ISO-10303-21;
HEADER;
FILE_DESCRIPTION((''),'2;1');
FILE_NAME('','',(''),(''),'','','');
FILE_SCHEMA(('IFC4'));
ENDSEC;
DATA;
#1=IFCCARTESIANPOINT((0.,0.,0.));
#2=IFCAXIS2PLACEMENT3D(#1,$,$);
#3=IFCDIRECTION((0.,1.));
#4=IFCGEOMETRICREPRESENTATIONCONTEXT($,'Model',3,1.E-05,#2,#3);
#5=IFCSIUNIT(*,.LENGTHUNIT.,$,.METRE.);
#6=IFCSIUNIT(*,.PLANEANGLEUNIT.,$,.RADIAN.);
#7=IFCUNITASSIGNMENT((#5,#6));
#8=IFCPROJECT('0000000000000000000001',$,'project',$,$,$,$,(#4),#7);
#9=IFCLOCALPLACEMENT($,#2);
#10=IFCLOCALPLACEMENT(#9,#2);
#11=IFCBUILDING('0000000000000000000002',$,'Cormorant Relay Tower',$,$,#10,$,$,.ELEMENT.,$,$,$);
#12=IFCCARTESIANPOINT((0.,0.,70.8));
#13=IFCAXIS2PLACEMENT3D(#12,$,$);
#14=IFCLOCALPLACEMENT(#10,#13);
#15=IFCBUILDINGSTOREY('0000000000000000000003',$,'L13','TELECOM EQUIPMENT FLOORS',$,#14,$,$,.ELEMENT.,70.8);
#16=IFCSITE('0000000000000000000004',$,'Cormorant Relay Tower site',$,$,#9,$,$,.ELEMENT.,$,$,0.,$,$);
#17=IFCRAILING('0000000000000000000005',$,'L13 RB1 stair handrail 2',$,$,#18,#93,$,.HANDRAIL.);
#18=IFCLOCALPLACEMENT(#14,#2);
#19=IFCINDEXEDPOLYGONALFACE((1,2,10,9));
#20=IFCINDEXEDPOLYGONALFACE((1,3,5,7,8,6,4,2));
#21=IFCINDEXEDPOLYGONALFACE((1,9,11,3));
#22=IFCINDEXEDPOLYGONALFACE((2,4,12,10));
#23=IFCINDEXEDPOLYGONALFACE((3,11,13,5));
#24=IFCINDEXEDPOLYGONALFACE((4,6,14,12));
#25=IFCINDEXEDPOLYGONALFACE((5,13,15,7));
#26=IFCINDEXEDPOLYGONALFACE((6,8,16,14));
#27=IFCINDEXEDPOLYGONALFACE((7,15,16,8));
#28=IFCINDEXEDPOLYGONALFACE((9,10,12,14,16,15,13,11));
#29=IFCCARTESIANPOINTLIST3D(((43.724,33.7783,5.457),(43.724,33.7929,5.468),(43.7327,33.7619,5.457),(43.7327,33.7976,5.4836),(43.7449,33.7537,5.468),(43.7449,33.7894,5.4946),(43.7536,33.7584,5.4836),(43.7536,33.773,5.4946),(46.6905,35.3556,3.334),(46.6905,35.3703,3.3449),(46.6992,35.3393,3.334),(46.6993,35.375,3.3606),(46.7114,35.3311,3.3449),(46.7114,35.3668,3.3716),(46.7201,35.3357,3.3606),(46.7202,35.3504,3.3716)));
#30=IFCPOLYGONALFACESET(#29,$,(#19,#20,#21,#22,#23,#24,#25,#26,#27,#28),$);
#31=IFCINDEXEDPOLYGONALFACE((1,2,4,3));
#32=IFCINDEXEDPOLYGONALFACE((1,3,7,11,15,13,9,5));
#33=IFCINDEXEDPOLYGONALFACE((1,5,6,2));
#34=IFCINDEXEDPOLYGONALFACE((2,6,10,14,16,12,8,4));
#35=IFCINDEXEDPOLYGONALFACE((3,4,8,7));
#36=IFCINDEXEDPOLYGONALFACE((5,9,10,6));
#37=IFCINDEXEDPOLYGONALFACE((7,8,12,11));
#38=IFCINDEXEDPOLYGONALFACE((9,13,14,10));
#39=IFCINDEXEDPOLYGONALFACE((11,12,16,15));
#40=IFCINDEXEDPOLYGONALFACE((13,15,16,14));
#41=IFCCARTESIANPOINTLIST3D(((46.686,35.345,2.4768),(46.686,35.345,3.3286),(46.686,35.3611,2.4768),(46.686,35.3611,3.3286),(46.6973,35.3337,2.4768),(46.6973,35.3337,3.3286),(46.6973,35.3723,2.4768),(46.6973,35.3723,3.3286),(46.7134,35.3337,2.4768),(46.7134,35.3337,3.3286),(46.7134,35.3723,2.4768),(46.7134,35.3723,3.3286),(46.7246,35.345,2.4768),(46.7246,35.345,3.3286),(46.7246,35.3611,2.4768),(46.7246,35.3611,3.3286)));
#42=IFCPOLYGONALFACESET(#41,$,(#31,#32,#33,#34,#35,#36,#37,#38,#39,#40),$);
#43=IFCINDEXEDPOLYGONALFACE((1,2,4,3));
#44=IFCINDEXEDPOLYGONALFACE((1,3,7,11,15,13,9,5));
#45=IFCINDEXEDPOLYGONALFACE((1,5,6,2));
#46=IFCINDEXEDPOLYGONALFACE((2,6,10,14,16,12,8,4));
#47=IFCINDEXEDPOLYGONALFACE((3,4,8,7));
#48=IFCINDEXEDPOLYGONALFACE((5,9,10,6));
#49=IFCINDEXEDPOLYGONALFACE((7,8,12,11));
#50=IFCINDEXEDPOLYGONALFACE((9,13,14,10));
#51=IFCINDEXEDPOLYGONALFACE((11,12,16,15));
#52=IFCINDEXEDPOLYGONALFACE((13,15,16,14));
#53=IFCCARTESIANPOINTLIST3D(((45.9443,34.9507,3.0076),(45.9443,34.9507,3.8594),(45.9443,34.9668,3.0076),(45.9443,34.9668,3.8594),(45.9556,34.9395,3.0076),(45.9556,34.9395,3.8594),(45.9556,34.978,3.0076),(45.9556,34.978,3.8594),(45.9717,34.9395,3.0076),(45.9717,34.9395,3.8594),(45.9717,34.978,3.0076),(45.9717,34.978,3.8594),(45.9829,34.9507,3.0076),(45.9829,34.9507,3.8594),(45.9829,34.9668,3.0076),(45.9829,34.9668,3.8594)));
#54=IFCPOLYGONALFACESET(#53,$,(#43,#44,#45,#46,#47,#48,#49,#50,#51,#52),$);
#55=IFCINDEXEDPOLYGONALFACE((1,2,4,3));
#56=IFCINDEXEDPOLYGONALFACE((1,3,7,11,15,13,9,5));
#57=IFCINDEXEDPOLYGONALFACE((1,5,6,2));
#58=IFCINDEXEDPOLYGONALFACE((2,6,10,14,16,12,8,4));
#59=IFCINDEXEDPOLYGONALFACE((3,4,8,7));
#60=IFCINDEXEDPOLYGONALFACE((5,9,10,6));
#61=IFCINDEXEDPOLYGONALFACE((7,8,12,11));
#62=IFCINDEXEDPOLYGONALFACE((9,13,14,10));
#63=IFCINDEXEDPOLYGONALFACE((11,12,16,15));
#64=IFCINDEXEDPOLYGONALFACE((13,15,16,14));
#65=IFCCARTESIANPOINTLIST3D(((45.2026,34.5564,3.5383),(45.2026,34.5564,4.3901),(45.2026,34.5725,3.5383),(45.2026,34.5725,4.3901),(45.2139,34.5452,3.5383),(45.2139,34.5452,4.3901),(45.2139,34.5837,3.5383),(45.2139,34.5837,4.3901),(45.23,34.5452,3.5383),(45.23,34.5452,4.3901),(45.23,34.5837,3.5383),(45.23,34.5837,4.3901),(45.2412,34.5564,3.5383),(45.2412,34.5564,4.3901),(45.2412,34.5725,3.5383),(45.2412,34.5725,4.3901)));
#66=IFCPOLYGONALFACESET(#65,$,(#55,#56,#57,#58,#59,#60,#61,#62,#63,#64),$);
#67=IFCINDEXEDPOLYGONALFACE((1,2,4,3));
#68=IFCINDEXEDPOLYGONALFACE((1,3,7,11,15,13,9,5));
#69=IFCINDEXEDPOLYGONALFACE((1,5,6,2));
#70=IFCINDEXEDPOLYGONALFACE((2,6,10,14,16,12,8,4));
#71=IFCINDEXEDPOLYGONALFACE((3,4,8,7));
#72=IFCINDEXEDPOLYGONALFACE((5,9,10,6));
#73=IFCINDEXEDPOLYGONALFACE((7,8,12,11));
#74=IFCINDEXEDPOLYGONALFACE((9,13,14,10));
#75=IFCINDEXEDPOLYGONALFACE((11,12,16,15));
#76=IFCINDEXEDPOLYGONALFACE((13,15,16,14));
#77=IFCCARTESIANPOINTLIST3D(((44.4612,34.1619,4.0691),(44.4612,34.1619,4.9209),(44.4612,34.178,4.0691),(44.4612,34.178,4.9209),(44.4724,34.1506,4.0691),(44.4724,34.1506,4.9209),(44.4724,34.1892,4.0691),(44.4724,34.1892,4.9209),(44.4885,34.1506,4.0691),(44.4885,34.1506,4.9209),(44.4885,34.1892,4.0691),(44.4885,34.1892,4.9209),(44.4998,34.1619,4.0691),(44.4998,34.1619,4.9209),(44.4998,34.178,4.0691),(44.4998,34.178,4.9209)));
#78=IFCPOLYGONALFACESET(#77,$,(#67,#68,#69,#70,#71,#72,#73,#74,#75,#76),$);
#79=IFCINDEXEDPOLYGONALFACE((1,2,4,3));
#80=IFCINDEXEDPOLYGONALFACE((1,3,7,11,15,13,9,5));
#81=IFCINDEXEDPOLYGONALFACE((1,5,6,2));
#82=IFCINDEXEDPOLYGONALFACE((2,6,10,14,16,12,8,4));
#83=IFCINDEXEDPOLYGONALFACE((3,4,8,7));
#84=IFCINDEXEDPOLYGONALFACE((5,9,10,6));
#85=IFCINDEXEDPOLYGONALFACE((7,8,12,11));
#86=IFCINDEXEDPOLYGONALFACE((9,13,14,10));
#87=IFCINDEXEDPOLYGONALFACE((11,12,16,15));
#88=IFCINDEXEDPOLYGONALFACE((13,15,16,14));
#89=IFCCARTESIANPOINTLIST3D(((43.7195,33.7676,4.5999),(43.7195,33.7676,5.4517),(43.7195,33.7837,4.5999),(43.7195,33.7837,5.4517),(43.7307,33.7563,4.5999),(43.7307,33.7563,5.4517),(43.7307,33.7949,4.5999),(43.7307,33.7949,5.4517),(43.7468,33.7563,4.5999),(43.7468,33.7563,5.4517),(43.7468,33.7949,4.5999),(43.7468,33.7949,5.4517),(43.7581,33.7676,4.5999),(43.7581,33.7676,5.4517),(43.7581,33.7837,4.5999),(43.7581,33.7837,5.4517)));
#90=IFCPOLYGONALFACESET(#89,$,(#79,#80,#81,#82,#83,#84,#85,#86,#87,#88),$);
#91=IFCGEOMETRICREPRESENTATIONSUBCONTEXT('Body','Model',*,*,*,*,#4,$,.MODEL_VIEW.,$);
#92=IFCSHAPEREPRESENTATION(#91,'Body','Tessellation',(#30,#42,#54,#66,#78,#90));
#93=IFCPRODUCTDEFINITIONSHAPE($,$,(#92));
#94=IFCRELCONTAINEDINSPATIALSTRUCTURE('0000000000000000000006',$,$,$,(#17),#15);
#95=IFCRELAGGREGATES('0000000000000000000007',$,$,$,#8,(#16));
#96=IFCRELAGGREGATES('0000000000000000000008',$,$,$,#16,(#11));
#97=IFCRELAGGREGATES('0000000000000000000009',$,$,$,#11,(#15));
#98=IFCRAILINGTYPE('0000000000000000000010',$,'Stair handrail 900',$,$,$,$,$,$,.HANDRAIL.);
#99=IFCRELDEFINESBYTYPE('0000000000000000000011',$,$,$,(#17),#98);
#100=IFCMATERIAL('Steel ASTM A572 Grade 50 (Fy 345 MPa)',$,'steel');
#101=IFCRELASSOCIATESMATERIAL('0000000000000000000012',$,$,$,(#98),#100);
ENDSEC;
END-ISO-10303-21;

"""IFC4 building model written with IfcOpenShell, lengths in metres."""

from ifc_helpers import new_model, si_unit, direction, frame, origin, place, context, subcontext, project, spatial, polyline, outline, extrude, material, type_object, element, save


model = new_model("IFC4")

# Units and contexts
model_context = context("Model", 3, precision=1e-05, world=origin(), true_north=direction((0.0, 1.0)))
body_context = subcontext(model_context, "Body", "Model", "MODEL_VIEW")
ifc_project = project(units=[si_unit("LENGTHUNIT", "METRE"), si_unit("PLANEANGLEUNIT", "RADIAN")], contexts=[model_context])

# Site, building, storey
site_placement = place(None, origin())
site = spatial("IfcSite", under=ifc_project, at=site_placement, Name="Cormorant Relay Tower site", CompositionType="ELEMENT", RefElevation=0.0)
building_placement = place(site_placement, origin())
building = spatial("IfcBuilding", under=site, at=building_placement, Name="Cormorant Relay Tower", CompositionType="ELEMENT")
storey_placement = place(building_placement, frame((0.0, 0.0, 70.8)))
storey = spatial("IfcBuildingStorey", under=building, at=storey_placement, Name="L13", Description="TELECOM EQUIPMENT FLOORS", CompositionType="ELEMENT", Elevation=70.8)

# Railing
ifc_material_1 = material(Name="Steel ASTM A572 Grade 50 (Fy 345 MPa)", Category="steel")
railing_type_1 = type_object("IfcRailingType", Name="Stair handrail 900", PredefinedType="HANDRAIL", material=ifc_material_1)
railing_1_placement = place(storey_placement, frame((46.7053, 35.353, 2.4768)))
element("IfcRailing", 1, at=railing_1_placement, inside=storey, type_object=railing_type_1, Name="L13 RB1 stair handrail 2", PredefinedType="HANDRAIL", context=body_context, shape_type="SweptSolid", body=[
    extrude(outline(polyline([(0.0222, 0.0093), (0.0093, 0.0222), (-0.0093, 0.0222), (-0.0222, 0.0093), (-0.0222, -0.0093), (-0.0093, -0.0222), (0.0093, -0.0222), (0.0222, -0.0093), (0.0222, 0.0093)])), frame((0.0, 0.0, 0.876), z_axis=(-0.746413, -0.396887, 0.534179), x_axis=(0.469483, -0.882942, 0.0)), (0.0, 0.0, 1.0), 3.9744),
    extrude(outline(polyline([(0.0193, 0.0081), (0.0081, 0.0193), (-0.0081, 0.0193), (-0.0193, 0.0081), (-0.0193, -0.0081), (-0.0081, -0.0193), (0.0081, -0.0193), (0.0193, -0.0081), (0.0193, 0.0081)])), origin(), (0.0, 0.0, 1.0), 0.8518),
    extrude(outline(polyline([(0.0193, 0.0081), (0.0081, 0.0193), (-0.0081, 0.0193), (-0.0193, 0.0081), (-0.0193, -0.0081), (-0.0081, -0.0193), (0.0081, -0.0193), (0.0193, -0.0081), (0.0193, 0.0081)])), frame((-0.7417, -0.3943, 0.5308)), (0.0, 0.0, 1.0), 0.8518),
    extrude(outline(polyline([(0.0193, 0.0081), (0.0081, 0.0193), (-0.0081, 0.0193), (-0.0193, 0.0081), (-0.0193, -0.0081), (-0.0081, -0.0193), (0.0081, -0.0193), (0.0193, -0.0081), (0.0193, 0.0081)])), frame((-1.4834, -0.7886, 1.0615)), (0.0, 0.0, 1.0), 0.8518),
    extrude(outline(polyline([(0.0193, 0.0081), (0.0081, 0.0193), (-0.0081, 0.0193), (-0.0193, 0.0081), (-0.0193, -0.0081), (-0.0081, -0.0193), (0.0081, -0.0193), (0.0193, -0.0081), (0.0193, 0.0081)])), frame((-2.2249, -1.1831, 1.5923)), (0.0, 0.0, 1.0), 0.8518),
    extrude(outline(polyline([(0.0193, 0.0081), (0.0081, 0.0193), (-0.0081, 0.0193), (-0.0193, 0.0081), (-0.0193, -0.0081), (-0.0081, -0.0193), (0.0081, -0.0193), (0.0193, -0.0081), (0.0193, 0.0081)])), frame((-2.9666, -1.5774, 2.123)), (0.0, 0.0, 1.0), 0.8518),
])

save(model, "model.ifc")
